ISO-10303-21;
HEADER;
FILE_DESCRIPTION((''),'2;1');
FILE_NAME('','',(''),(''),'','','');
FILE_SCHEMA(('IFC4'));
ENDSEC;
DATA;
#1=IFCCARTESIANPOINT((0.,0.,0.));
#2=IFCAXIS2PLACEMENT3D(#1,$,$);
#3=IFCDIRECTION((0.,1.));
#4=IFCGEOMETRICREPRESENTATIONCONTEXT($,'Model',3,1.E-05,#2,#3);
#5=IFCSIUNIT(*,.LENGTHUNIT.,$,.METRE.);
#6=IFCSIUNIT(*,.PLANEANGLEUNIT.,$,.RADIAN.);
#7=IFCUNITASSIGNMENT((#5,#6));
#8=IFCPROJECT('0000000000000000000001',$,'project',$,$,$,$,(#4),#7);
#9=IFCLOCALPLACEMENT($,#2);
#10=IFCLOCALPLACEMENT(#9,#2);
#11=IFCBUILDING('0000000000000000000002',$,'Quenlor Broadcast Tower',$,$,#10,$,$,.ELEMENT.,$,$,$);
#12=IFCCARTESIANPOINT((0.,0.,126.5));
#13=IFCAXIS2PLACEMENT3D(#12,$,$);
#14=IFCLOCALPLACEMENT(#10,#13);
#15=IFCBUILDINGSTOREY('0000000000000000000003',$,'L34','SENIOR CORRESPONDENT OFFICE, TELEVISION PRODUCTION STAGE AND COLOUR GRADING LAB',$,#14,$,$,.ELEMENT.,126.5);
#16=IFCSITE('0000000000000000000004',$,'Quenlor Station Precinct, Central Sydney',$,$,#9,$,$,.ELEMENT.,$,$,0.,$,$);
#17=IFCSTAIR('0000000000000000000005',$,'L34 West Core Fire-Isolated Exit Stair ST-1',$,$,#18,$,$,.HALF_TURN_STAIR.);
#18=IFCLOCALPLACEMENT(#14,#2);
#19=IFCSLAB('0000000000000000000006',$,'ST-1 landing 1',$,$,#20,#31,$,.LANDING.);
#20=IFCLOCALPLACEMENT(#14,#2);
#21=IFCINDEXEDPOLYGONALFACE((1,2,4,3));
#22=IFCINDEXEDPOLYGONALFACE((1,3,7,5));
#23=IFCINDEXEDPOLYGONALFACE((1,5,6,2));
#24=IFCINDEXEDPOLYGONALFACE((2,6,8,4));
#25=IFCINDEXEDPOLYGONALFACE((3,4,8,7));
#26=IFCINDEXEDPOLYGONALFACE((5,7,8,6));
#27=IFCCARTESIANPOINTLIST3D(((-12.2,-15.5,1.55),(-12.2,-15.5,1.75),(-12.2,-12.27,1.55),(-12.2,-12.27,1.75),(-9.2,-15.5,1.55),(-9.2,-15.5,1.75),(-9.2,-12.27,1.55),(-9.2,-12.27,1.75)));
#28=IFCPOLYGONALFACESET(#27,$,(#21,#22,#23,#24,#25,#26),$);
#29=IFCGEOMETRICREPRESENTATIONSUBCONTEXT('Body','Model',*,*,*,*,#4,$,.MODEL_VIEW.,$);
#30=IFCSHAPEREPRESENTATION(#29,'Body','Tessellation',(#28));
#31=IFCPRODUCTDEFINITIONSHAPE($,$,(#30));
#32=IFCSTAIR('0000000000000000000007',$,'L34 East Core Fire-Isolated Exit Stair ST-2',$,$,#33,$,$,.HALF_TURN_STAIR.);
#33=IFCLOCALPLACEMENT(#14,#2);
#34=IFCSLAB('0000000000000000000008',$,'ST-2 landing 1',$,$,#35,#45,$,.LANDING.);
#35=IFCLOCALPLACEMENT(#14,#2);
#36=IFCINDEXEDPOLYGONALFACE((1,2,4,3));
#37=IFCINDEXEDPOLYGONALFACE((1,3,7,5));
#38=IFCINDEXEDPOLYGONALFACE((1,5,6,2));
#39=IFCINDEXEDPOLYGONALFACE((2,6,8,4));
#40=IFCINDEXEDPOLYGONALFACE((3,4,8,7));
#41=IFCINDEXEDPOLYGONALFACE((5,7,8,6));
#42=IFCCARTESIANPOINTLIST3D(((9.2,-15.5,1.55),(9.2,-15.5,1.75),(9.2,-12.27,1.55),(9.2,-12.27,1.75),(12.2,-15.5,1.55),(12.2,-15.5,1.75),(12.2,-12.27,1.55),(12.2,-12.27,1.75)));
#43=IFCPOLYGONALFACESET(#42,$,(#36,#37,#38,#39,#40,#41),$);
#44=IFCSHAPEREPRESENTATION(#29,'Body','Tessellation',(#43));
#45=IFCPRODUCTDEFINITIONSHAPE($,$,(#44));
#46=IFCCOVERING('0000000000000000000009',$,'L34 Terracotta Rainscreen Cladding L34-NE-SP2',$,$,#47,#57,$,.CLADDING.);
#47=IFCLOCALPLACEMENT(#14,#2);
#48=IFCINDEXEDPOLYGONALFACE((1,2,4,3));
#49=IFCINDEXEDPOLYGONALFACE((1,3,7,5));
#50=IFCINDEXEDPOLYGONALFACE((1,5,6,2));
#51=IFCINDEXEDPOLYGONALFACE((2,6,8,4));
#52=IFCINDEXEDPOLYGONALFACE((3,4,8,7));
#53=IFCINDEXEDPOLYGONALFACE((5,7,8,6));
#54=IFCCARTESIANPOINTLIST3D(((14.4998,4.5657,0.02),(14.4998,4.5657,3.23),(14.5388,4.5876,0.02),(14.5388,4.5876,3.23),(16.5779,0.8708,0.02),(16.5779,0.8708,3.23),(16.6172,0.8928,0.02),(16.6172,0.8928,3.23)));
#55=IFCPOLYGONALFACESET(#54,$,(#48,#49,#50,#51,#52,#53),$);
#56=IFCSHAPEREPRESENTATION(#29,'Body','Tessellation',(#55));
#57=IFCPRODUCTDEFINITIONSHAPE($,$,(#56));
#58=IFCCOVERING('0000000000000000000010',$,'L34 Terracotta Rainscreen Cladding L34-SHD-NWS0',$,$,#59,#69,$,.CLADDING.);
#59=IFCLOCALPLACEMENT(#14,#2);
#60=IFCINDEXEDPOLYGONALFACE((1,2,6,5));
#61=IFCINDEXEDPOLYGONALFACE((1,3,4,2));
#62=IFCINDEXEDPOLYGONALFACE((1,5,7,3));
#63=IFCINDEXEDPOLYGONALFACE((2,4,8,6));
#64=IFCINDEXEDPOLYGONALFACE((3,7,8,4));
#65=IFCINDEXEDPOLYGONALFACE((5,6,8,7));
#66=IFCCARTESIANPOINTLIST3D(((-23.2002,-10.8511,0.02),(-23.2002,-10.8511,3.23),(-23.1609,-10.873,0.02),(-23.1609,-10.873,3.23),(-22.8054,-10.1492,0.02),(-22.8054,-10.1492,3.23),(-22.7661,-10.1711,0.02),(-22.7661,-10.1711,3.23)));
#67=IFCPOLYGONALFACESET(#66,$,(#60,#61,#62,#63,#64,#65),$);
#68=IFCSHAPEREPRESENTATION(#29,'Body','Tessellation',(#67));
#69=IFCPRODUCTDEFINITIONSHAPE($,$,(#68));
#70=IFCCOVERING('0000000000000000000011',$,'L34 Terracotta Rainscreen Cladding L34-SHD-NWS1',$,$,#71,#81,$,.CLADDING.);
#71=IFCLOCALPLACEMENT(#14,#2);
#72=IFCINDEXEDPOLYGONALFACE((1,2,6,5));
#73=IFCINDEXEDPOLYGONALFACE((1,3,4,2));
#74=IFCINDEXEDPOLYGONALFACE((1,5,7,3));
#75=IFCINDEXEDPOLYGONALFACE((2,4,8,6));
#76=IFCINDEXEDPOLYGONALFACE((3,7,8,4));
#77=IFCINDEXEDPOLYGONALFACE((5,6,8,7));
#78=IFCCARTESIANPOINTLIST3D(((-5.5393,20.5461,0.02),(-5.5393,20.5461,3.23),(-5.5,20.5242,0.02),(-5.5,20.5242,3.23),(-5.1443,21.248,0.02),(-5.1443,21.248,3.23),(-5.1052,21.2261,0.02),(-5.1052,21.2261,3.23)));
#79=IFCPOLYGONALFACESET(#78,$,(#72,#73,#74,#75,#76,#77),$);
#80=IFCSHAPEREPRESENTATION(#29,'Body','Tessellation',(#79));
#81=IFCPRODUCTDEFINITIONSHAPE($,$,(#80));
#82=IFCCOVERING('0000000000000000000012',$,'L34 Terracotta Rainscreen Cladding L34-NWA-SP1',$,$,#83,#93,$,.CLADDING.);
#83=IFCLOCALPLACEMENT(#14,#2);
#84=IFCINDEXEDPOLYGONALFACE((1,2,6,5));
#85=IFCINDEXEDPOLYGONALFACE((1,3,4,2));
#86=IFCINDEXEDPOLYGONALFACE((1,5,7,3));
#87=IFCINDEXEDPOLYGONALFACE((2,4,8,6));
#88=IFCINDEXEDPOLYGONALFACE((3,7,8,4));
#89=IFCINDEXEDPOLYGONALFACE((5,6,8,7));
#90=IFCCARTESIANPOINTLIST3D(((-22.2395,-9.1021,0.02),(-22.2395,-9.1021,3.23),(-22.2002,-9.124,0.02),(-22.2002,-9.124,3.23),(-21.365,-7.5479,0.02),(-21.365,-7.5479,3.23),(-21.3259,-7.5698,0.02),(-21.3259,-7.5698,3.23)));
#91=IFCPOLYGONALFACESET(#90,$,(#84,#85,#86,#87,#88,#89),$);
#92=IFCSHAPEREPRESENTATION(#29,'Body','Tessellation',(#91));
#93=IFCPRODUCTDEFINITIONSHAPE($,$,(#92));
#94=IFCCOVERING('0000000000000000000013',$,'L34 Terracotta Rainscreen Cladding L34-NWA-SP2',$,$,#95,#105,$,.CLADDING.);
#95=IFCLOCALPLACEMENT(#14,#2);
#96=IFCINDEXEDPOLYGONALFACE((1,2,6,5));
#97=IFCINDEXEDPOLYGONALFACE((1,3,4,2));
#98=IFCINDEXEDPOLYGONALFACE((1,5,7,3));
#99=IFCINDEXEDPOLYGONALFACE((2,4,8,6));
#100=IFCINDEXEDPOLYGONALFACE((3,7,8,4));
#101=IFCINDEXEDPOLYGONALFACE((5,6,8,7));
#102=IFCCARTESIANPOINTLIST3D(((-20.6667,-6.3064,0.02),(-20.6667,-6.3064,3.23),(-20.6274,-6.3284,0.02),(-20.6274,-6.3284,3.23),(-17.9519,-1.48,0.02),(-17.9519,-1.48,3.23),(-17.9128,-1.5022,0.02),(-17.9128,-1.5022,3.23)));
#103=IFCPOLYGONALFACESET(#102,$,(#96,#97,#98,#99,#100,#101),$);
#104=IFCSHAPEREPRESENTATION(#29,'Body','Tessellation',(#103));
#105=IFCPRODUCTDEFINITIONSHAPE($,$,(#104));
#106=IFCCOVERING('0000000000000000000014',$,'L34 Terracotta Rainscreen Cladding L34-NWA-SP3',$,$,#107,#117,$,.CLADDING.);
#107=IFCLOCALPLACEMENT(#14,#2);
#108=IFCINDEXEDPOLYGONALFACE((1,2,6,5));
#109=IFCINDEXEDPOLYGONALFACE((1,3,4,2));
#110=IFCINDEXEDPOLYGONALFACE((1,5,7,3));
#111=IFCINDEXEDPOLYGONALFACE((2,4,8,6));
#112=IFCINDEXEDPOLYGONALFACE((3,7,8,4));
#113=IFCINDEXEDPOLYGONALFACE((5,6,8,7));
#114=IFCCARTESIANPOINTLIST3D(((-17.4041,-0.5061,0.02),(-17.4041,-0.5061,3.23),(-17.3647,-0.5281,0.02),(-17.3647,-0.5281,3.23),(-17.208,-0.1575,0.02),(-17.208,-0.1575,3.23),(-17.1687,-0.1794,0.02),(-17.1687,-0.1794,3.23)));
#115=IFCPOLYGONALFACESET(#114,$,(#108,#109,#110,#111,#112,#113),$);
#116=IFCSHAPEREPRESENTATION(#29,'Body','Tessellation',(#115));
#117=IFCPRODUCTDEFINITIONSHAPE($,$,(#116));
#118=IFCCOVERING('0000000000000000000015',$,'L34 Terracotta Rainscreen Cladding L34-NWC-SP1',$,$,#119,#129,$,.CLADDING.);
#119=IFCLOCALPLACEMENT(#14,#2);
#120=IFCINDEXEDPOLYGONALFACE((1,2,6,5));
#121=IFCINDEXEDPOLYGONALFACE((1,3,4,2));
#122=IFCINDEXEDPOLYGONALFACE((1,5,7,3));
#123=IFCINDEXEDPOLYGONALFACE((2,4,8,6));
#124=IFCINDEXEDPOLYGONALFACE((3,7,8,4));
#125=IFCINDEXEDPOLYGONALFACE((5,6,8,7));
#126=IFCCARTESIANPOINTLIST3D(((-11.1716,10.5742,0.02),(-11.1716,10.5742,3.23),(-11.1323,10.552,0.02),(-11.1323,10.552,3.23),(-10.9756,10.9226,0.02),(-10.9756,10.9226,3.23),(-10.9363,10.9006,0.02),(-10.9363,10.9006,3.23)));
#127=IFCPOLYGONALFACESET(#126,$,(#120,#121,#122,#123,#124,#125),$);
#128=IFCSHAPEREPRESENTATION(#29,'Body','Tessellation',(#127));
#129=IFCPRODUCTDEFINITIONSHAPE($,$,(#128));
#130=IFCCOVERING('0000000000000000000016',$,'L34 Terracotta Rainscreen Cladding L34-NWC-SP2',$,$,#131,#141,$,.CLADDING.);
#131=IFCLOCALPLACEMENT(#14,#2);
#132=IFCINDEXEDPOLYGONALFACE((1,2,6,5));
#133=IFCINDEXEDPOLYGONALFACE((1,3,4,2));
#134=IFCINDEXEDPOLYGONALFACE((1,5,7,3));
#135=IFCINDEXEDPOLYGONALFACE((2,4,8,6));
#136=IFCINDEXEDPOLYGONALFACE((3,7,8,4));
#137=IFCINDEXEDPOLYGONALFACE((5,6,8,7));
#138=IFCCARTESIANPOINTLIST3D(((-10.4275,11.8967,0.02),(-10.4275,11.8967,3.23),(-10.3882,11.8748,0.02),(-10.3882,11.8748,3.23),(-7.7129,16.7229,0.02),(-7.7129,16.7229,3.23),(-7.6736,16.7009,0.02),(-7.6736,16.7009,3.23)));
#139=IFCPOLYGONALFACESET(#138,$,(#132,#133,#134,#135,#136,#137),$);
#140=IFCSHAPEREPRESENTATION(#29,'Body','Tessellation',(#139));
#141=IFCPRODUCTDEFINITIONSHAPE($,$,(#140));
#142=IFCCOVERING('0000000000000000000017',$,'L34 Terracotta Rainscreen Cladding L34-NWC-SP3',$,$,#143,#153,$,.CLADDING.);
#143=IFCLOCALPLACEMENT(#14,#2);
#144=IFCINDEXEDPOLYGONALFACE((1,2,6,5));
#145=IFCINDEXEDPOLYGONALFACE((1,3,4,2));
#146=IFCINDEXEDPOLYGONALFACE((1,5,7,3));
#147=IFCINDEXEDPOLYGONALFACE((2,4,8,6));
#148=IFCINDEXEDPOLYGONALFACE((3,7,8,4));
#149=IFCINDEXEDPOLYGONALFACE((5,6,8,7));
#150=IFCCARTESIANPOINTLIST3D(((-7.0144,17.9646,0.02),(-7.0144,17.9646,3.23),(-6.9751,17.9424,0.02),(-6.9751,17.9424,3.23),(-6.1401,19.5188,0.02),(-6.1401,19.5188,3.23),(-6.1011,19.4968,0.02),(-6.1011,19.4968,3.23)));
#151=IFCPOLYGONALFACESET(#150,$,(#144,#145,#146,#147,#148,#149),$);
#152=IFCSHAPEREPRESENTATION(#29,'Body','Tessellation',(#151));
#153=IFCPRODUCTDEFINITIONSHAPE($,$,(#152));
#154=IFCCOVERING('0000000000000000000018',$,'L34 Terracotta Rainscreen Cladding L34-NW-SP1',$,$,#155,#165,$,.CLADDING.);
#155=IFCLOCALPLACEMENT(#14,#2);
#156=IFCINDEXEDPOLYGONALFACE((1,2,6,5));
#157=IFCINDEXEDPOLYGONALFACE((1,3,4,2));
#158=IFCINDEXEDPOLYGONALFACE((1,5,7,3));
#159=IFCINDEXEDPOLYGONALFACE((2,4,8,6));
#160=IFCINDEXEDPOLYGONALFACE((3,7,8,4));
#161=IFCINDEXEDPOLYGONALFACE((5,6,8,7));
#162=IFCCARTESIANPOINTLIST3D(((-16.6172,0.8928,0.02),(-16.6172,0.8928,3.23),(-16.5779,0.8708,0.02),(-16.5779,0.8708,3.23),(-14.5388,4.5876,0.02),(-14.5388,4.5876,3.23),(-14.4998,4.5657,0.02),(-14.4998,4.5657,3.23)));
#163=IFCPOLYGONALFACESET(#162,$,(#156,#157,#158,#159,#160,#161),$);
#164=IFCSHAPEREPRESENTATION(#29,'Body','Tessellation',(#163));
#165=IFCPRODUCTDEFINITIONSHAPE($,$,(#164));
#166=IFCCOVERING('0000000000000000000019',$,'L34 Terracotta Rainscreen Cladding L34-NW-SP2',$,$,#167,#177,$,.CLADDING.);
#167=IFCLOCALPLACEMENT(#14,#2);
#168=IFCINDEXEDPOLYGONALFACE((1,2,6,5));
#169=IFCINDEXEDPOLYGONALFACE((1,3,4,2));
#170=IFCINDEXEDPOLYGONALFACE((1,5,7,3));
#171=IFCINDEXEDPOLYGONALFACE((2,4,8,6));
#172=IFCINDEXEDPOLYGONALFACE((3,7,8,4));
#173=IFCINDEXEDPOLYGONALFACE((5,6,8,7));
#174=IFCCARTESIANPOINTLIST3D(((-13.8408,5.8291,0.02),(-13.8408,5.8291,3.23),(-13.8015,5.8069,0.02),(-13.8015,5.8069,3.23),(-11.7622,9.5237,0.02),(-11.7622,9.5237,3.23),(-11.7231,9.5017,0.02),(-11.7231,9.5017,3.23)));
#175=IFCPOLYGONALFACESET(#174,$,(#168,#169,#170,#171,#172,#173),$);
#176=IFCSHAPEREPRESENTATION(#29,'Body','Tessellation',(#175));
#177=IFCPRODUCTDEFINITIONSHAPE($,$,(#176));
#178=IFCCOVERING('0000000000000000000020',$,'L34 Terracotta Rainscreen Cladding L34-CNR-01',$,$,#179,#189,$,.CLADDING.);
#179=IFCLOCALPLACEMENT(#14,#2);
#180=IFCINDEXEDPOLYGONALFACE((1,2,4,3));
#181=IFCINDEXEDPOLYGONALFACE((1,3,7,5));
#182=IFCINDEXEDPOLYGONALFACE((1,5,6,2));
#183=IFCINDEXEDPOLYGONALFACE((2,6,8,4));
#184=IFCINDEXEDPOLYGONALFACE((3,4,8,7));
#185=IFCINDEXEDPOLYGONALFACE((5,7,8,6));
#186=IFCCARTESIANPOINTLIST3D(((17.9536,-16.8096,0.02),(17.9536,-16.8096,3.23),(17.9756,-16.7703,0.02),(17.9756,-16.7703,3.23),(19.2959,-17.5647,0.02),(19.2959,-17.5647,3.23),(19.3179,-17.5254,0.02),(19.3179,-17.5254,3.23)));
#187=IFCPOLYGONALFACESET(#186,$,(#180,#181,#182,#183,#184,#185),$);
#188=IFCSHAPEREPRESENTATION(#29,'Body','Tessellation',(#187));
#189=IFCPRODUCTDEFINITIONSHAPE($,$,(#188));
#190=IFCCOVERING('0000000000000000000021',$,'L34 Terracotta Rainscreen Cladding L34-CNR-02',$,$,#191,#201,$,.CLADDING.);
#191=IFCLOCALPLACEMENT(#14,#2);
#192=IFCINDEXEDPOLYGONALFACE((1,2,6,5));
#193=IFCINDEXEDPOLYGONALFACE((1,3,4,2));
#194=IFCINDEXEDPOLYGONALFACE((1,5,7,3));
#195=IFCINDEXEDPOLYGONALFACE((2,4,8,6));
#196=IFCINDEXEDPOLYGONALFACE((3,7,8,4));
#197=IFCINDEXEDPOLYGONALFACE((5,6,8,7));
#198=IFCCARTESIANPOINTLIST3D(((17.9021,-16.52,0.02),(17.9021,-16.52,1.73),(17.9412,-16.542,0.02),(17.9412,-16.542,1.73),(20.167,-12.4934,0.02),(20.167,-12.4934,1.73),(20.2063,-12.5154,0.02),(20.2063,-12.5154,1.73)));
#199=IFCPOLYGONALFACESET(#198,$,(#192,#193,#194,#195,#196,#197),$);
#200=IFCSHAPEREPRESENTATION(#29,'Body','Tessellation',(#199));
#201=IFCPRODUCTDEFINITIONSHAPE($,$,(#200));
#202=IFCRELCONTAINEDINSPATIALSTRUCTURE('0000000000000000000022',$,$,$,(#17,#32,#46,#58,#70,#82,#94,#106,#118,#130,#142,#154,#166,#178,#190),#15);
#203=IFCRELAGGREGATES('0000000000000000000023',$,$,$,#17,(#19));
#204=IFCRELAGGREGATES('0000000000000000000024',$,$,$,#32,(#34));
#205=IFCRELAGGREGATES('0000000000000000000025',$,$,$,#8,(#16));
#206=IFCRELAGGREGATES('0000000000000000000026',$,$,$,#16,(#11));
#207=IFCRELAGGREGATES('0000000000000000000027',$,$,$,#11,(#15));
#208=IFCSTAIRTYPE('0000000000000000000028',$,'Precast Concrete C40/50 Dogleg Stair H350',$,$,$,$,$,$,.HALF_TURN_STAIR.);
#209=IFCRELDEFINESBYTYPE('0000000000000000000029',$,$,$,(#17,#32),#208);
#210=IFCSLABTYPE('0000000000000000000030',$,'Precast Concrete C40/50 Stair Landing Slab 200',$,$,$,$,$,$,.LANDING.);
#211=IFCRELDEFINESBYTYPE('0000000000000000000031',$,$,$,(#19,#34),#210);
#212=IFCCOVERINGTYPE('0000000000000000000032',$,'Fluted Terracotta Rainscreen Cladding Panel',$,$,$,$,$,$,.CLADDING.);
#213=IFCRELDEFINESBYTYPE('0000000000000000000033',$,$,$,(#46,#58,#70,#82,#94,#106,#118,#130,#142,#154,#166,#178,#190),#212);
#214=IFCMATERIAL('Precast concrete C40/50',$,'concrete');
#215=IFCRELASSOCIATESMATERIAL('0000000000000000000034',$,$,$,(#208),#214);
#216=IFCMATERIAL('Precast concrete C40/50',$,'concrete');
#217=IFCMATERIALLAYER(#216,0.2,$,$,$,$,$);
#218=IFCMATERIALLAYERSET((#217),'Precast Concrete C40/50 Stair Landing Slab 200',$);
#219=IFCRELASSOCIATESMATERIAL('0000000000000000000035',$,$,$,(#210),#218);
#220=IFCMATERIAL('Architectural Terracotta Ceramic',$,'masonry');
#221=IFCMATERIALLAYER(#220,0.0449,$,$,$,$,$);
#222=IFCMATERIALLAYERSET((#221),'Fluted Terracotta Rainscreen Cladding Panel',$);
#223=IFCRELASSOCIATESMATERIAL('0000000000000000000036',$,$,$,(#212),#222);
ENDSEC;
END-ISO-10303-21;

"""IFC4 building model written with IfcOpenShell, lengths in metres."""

from ifc_helpers import new_model, si_unit, direction, frame, origin, place, context, subcontext, project, spatial, polyline, outline, extrude, material, layer, layer_set, type_object, element, aggregate, save


model = new_model("IFC4")

# Units and contexts
model_context = context("Model", 3, precision=1e-05, world=origin(), true_north=direction((0.0, 1.0)))
body_context = subcontext(model_context, "Body", "Model", "MODEL_VIEW")
ifc_project = project(units=[si_unit("LENGTHUNIT", "METRE"), si_unit("PLANEANGLEUNIT", "RADIAN")], contexts=[model_context])

# Site, building, storey
site_placement = place(None, origin())
site = spatial("IfcSite", under=ifc_project, at=site_placement, Name="Quenlor Station Precinct, Central Sydney", CompositionType="ELEMENT", RefElevation=0.0)
building_placement = place(site_placement, origin())
building = spatial("IfcBuilding", under=site, at=building_placement, Name="Quenlor Broadcast Tower", CompositionType="ELEMENT")
storey_placement = place(building_placement, frame((0.0, 0.0, 126.5)))
storey = spatial("IfcBuildingStorey", under=building, at=storey_placement, Name="L34", Description="SENIOR CORRESPONDENT OFFICE, TELEVISION PRODUCTION STAGE AND COLOUR GRADING LAB", CompositionType="ELEMENT", Elevation=126.5)

# Stairs, slabs
ifc_material_1 = material(Name="Precast concrete C40/50", Category="concrete")
stair_type = type_object("IfcStairType", Name="Precast Concrete C40/50 Dogleg Stair H350", PredefinedType="HALF_TURN_STAIR", material=ifc_material_1)
stair_1_placement = place(storey_placement, origin())
stair_1 = element("IfcStair", 1, at=stair_1_placement, inside=storey, type_object=stair_type, Name="L34 West Core Fire-Isolated Exit Stair ST-1", PredefinedType="HALF_TURN_STAIR")
ifc_material_2 = material(Name="Precast concrete C40/50", Category="concrete")
ifc_layer_1 = layer(ifc_material_2, 0.2)
ifc_layer_set_1 = layer_set([ifc_layer_1], Name="Precast Concrete C40/50 Stair Landing Slab 200")
slab_type = type_object("IfcSlabType", Name="Precast Concrete C40/50 Stair Landing Slab 200", PredefinedType="LANDING", material=ifc_layer_set_1)
slab_1_placement = place(storey_placement, frame((0.0, 0.0, 1.55)))
slab_1 = element("IfcSlab", 2, at=slab_1_placement, type_object=slab_type, Name="ST-1 landing 1", PredefinedType="LANDING", context=body_context, shape_type="SweptSolid", body=[
    extrude(outline(polyline([(-12.2, -12.27), (-12.2, -15.5), (-9.2, -15.5), (-9.2, -12.27), (-12.2, -12.27)])), origin(), (0.0, 0.0, 1.0), 0.2),
])
aggregate(stair_1, [slab_1])
stair_2_placement = place(storey_placement, origin())
stair_2 = element("IfcStair", 3, at=stair_2_placement, inside=storey, type_object=stair_type, Name="L34 East Core Fire-Isolated Exit Stair ST-2", PredefinedType="HALF_TURN_STAIR")
slab_2_placement = place(storey_placement, frame((0.0, 0.0, 1.55)))
slab_2 = element("IfcSlab", 4, at=slab_2_placement, type_object=slab_type, Name="ST-2 landing 1", PredefinedType="LANDING", context=body_context, shape_type="SweptSolid", body=[
    extrude(outline(polyline([(9.2, -12.27), (9.2, -15.5), (12.2, -15.5), (12.2, -12.27), (9.2, -12.27)])), origin(), (0.0, 0.0, 1.0), 0.2),
])
aggregate(stair_2, [slab_2])

# Coverings
ifc_material_3 = material(Name="Architectural Terracotta Ceramic", Category="masonry")
ifc_layer_2 = layer(ifc_material_3, 0.0449)
ifc_layer_set_2 = layer_set([ifc_layer_2], Name="Fluted Terracotta Rainscreen Cladding Panel")
covering_type = type_object("IfcCoveringType", Name="Fluted Terracotta Rainscreen Cladding Panel", PredefinedType="CLADDING", material=ifc_layer_set_2)
covering_1_placement = place(storey_placement, frame((0.0, 0.0, 0.02)))
element("IfcCovering", 5, at=covering_1_placement, inside=storey, type_object=covering_type, Name="L34 Terracotta Rainscreen Cladding L34-NE-SP2", PredefinedType="CLADDING", context=body_context, shape_type="SweptSolid", body=[
    extrude(outline(polyline([(14.4998, 4.5657), (16.5779, 0.8708), (16.6172, 0.8928), (14.5388, 4.5876), (14.4998, 4.5657)])), origin(), (0.0, 0.0, 1.0), 3.21),
])
covering_2_placement = place(storey_placement, frame((0.0, 0.0, 0.02)))
element("IfcCovering", 6, at=covering_2_placement, inside=storey, type_object=covering_type, Name="L34 Terracotta Rainscreen Cladding L34-SHD-NWS0", PredefinedType="CLADDING", context=body_context, shape_type="SweptSolid", body=[
    extrude(outline(polyline([(-23.1609, -10.873), (-22.7661, -10.1711), (-22.8054, -10.1492), (-23.2002, -10.8511), (-23.1609, -10.873)])), origin(), (0.0, 0.0, 1.0), 3.21),
])
covering_3_placement = place(storey_placement, frame((0.0, 0.0, 0.02)))
element("IfcCovering", 7, at=covering_3_placement, inside=storey, type_object=covering_type, Name="L34 Terracotta Rainscreen Cladding L34-SHD-NWS1", PredefinedType="CLADDING", context=body_context, shape_type="SweptSolid", body=[
    extrude(outline(polyline([(-5.5, 20.5242), (-5.1052, 21.2261), (-5.1443, 21.248), (-5.5393, 20.5461), (-5.5, 20.5242)])), origin(), (0.0, 0.0, 1.0), 3.21),
])
covering_4_placement = place(storey_placement, frame((0.0, 0.0, 0.02)))
element("IfcCovering", 8, at=covering_4_placement, inside=storey, type_object=covering_type, Name="L34 Terracotta Rainscreen Cladding L34-NWA-SP1", PredefinedType="CLADDING", context=body_context, shape_type="SweptSolid", body=[
    extrude(outline(polyline([(-22.2002, -9.124), (-21.3259, -7.5698), (-21.365, -7.5479), (-22.2395, -9.1021), (-22.2002, -9.124)])), origin(), (0.0, 0.0, 1.0), 3.21),
])
covering_5_placement = place(storey_placement, frame((0.0, 0.0, 0.02)))
element("IfcCovering", 9, at=covering_5_placement, inside=storey, type_object=covering_type, Name="L34 Terracotta Rainscreen Cladding L34-NWA-SP2", PredefinedType="CLADDING", context=body_context, shape_type="SweptSolid", body=[
    extrude(outline(polyline([(-20.6274, -6.3284), (-17.9128, -1.5022), (-17.9519, -1.48), (-20.6667, -6.3064), (-20.6274, -6.3284)])), origin(), (0.0, 0.0, 1.0), 3.21),
])
covering_6_placement = place(storey_placement, frame((0.0, 0.0, 0.02)))
element("IfcCovering", 10, at=covering_6_placement, inside=storey, type_object=covering_type, Name="L34 Terracotta Rainscreen Cladding L34-NWA-SP3", PredefinedType="CLADDING", context=body_context, shape_type="SweptSolid", body=[
    extrude(outline(polyline([(-17.3647, -0.5281), (-17.1687, -0.1794), (-17.208, -0.1575), (-17.4041, -0.5061), (-17.3647, -0.5281)])), origin(), (0.0, 0.0, 1.0), 3.21),
])
covering_7_placement = place(storey_placement, frame((0.0, 0.0, 0.02)))
element("IfcCovering", 11, at=covering_7_placement, inside=storey, type_object=covering_type, Name="L34 Terracotta Rainscreen Cladding L34-NWC-SP1", PredefinedType="CLADDING", context=body_context, shape_type="SweptSolid", body=[
    extrude(outline(polyline([(-11.1323, 10.552), (-10.9363, 10.9006), (-10.9756, 10.9226), (-11.1716, 10.5742), (-11.1323, 10.552)])), origin(), (0.0, 0.0, 1.0), 3.21),
])
covering_8_placement = place(storey_placement, frame((0.0, 0.0, 0.02)))
element("IfcCovering", 12, at=covering_8_placement, inside=storey, type_object=covering_type, Name="L34 Terracotta Rainscreen Cladding L34-NWC-SP2", PredefinedType="CLADDING", context=body_context, shape_type="SweptSolid", body=[
    extrude(outline(polyline([(-10.3882, 11.8748), (-7.6736, 16.7009), (-7.7129, 16.7229), (-10.4275, 11.8967), (-10.3882, 11.8748)])), origin(), (0.0, 0.0, 1.0), 3.21),
])
covering_9_placement = place(storey_placement, frame((0.0, 0.0, 0.02)))
element("IfcCovering", 13, at=covering_9_placement, inside=storey, type_object=covering_type, Name="L34 Terracotta Rainscreen Cladding L34-NWC-SP3", PredefinedType="CLADDING", context=body_context, shape_type="SweptSolid", body=[
    extrude(outline(polyline([(-6.9751, 17.9424), (-6.1011, 19.4968), (-6.1401, 19.5188), (-7.0144, 17.9646), (-6.9751, 17.9424)])), origin(), (0.0, 0.0, 1.0), 3.21),
])
covering_10_placement = place(storey_placement, frame((0.0, 0.0, 0.02)))
element("IfcCovering", 14, at=covering_10_placement, inside=storey, type_object=covering_type, Name="L34 Terracotta Rainscreen Cladding L34-NW-SP1", PredefinedType="CLADDING", context=body_context, shape_type="SweptSolid", body=[
    extrude(outline(polyline([(-16.5779, 0.8708), (-14.4998, 4.5657), (-14.5388, 4.5876), (-16.6172, 0.8928), (-16.5779, 0.8708)])), origin(), (0.0, 0.0, 1.0), 3.21),
])
covering_11_placement = place(storey_placement, frame((0.0, 0.0, 0.02)))
element("IfcCovering", 15, at=covering_11_placement, inside=storey, type_object=covering_type, Name="L34 Terracotta Rainscreen Cladding L34-NW-SP2", PredefinedType="CLADDING", context=body_context, shape_type="SweptSolid", body=[
    extrude(outline(polyline([(-13.8015, 5.8069), (-11.7231, 9.5017), (-11.7622, 9.5237), (-13.8408, 5.8291), (-13.8015, 5.8069)])), origin(), (0.0, 0.0, 1.0), 3.21),
])
covering_12_placement = place(storey_placement, frame((0.0, 0.0, 0.02)))
element("IfcCovering", 16, at=covering_12_placement, inside=storey, type_object=covering_type, Name="L34 Terracotta Rainscreen Cladding L34-CNR-01", PredefinedType="CLADDING", context=body_context, shape_type="SweptSolid", body=[
    extrude(outline(polyline([(19.3179, -17.5254), (17.9756, -16.7703), (17.9536, -16.8096), (19.2959, -17.5647), (19.3179, -17.5254)])), origin(), (0.0, 0.0, 1.0), 3.21),
])
covering_13_placement = place(storey_placement, frame((0.0, 0.0, 0.02)))
element("IfcCovering", 17, at=covering_13_placement, inside=storey, type_object=covering_type, Name="L34 Terracotta Rainscreen Cladding L34-CNR-02", PredefinedType="CLADDING", context=body_context, shape_type="SweptSolid", body=[
    extrude(outline(polyline([(17.9412, -16.542), (20.2063, -12.5154), (20.167, -12.4934), (17.9021, -16.52), (17.9412, -16.542)])), origin(), (0.0, 0.0, 1.0), 1.71),
])

save(model, "model.ifc")
